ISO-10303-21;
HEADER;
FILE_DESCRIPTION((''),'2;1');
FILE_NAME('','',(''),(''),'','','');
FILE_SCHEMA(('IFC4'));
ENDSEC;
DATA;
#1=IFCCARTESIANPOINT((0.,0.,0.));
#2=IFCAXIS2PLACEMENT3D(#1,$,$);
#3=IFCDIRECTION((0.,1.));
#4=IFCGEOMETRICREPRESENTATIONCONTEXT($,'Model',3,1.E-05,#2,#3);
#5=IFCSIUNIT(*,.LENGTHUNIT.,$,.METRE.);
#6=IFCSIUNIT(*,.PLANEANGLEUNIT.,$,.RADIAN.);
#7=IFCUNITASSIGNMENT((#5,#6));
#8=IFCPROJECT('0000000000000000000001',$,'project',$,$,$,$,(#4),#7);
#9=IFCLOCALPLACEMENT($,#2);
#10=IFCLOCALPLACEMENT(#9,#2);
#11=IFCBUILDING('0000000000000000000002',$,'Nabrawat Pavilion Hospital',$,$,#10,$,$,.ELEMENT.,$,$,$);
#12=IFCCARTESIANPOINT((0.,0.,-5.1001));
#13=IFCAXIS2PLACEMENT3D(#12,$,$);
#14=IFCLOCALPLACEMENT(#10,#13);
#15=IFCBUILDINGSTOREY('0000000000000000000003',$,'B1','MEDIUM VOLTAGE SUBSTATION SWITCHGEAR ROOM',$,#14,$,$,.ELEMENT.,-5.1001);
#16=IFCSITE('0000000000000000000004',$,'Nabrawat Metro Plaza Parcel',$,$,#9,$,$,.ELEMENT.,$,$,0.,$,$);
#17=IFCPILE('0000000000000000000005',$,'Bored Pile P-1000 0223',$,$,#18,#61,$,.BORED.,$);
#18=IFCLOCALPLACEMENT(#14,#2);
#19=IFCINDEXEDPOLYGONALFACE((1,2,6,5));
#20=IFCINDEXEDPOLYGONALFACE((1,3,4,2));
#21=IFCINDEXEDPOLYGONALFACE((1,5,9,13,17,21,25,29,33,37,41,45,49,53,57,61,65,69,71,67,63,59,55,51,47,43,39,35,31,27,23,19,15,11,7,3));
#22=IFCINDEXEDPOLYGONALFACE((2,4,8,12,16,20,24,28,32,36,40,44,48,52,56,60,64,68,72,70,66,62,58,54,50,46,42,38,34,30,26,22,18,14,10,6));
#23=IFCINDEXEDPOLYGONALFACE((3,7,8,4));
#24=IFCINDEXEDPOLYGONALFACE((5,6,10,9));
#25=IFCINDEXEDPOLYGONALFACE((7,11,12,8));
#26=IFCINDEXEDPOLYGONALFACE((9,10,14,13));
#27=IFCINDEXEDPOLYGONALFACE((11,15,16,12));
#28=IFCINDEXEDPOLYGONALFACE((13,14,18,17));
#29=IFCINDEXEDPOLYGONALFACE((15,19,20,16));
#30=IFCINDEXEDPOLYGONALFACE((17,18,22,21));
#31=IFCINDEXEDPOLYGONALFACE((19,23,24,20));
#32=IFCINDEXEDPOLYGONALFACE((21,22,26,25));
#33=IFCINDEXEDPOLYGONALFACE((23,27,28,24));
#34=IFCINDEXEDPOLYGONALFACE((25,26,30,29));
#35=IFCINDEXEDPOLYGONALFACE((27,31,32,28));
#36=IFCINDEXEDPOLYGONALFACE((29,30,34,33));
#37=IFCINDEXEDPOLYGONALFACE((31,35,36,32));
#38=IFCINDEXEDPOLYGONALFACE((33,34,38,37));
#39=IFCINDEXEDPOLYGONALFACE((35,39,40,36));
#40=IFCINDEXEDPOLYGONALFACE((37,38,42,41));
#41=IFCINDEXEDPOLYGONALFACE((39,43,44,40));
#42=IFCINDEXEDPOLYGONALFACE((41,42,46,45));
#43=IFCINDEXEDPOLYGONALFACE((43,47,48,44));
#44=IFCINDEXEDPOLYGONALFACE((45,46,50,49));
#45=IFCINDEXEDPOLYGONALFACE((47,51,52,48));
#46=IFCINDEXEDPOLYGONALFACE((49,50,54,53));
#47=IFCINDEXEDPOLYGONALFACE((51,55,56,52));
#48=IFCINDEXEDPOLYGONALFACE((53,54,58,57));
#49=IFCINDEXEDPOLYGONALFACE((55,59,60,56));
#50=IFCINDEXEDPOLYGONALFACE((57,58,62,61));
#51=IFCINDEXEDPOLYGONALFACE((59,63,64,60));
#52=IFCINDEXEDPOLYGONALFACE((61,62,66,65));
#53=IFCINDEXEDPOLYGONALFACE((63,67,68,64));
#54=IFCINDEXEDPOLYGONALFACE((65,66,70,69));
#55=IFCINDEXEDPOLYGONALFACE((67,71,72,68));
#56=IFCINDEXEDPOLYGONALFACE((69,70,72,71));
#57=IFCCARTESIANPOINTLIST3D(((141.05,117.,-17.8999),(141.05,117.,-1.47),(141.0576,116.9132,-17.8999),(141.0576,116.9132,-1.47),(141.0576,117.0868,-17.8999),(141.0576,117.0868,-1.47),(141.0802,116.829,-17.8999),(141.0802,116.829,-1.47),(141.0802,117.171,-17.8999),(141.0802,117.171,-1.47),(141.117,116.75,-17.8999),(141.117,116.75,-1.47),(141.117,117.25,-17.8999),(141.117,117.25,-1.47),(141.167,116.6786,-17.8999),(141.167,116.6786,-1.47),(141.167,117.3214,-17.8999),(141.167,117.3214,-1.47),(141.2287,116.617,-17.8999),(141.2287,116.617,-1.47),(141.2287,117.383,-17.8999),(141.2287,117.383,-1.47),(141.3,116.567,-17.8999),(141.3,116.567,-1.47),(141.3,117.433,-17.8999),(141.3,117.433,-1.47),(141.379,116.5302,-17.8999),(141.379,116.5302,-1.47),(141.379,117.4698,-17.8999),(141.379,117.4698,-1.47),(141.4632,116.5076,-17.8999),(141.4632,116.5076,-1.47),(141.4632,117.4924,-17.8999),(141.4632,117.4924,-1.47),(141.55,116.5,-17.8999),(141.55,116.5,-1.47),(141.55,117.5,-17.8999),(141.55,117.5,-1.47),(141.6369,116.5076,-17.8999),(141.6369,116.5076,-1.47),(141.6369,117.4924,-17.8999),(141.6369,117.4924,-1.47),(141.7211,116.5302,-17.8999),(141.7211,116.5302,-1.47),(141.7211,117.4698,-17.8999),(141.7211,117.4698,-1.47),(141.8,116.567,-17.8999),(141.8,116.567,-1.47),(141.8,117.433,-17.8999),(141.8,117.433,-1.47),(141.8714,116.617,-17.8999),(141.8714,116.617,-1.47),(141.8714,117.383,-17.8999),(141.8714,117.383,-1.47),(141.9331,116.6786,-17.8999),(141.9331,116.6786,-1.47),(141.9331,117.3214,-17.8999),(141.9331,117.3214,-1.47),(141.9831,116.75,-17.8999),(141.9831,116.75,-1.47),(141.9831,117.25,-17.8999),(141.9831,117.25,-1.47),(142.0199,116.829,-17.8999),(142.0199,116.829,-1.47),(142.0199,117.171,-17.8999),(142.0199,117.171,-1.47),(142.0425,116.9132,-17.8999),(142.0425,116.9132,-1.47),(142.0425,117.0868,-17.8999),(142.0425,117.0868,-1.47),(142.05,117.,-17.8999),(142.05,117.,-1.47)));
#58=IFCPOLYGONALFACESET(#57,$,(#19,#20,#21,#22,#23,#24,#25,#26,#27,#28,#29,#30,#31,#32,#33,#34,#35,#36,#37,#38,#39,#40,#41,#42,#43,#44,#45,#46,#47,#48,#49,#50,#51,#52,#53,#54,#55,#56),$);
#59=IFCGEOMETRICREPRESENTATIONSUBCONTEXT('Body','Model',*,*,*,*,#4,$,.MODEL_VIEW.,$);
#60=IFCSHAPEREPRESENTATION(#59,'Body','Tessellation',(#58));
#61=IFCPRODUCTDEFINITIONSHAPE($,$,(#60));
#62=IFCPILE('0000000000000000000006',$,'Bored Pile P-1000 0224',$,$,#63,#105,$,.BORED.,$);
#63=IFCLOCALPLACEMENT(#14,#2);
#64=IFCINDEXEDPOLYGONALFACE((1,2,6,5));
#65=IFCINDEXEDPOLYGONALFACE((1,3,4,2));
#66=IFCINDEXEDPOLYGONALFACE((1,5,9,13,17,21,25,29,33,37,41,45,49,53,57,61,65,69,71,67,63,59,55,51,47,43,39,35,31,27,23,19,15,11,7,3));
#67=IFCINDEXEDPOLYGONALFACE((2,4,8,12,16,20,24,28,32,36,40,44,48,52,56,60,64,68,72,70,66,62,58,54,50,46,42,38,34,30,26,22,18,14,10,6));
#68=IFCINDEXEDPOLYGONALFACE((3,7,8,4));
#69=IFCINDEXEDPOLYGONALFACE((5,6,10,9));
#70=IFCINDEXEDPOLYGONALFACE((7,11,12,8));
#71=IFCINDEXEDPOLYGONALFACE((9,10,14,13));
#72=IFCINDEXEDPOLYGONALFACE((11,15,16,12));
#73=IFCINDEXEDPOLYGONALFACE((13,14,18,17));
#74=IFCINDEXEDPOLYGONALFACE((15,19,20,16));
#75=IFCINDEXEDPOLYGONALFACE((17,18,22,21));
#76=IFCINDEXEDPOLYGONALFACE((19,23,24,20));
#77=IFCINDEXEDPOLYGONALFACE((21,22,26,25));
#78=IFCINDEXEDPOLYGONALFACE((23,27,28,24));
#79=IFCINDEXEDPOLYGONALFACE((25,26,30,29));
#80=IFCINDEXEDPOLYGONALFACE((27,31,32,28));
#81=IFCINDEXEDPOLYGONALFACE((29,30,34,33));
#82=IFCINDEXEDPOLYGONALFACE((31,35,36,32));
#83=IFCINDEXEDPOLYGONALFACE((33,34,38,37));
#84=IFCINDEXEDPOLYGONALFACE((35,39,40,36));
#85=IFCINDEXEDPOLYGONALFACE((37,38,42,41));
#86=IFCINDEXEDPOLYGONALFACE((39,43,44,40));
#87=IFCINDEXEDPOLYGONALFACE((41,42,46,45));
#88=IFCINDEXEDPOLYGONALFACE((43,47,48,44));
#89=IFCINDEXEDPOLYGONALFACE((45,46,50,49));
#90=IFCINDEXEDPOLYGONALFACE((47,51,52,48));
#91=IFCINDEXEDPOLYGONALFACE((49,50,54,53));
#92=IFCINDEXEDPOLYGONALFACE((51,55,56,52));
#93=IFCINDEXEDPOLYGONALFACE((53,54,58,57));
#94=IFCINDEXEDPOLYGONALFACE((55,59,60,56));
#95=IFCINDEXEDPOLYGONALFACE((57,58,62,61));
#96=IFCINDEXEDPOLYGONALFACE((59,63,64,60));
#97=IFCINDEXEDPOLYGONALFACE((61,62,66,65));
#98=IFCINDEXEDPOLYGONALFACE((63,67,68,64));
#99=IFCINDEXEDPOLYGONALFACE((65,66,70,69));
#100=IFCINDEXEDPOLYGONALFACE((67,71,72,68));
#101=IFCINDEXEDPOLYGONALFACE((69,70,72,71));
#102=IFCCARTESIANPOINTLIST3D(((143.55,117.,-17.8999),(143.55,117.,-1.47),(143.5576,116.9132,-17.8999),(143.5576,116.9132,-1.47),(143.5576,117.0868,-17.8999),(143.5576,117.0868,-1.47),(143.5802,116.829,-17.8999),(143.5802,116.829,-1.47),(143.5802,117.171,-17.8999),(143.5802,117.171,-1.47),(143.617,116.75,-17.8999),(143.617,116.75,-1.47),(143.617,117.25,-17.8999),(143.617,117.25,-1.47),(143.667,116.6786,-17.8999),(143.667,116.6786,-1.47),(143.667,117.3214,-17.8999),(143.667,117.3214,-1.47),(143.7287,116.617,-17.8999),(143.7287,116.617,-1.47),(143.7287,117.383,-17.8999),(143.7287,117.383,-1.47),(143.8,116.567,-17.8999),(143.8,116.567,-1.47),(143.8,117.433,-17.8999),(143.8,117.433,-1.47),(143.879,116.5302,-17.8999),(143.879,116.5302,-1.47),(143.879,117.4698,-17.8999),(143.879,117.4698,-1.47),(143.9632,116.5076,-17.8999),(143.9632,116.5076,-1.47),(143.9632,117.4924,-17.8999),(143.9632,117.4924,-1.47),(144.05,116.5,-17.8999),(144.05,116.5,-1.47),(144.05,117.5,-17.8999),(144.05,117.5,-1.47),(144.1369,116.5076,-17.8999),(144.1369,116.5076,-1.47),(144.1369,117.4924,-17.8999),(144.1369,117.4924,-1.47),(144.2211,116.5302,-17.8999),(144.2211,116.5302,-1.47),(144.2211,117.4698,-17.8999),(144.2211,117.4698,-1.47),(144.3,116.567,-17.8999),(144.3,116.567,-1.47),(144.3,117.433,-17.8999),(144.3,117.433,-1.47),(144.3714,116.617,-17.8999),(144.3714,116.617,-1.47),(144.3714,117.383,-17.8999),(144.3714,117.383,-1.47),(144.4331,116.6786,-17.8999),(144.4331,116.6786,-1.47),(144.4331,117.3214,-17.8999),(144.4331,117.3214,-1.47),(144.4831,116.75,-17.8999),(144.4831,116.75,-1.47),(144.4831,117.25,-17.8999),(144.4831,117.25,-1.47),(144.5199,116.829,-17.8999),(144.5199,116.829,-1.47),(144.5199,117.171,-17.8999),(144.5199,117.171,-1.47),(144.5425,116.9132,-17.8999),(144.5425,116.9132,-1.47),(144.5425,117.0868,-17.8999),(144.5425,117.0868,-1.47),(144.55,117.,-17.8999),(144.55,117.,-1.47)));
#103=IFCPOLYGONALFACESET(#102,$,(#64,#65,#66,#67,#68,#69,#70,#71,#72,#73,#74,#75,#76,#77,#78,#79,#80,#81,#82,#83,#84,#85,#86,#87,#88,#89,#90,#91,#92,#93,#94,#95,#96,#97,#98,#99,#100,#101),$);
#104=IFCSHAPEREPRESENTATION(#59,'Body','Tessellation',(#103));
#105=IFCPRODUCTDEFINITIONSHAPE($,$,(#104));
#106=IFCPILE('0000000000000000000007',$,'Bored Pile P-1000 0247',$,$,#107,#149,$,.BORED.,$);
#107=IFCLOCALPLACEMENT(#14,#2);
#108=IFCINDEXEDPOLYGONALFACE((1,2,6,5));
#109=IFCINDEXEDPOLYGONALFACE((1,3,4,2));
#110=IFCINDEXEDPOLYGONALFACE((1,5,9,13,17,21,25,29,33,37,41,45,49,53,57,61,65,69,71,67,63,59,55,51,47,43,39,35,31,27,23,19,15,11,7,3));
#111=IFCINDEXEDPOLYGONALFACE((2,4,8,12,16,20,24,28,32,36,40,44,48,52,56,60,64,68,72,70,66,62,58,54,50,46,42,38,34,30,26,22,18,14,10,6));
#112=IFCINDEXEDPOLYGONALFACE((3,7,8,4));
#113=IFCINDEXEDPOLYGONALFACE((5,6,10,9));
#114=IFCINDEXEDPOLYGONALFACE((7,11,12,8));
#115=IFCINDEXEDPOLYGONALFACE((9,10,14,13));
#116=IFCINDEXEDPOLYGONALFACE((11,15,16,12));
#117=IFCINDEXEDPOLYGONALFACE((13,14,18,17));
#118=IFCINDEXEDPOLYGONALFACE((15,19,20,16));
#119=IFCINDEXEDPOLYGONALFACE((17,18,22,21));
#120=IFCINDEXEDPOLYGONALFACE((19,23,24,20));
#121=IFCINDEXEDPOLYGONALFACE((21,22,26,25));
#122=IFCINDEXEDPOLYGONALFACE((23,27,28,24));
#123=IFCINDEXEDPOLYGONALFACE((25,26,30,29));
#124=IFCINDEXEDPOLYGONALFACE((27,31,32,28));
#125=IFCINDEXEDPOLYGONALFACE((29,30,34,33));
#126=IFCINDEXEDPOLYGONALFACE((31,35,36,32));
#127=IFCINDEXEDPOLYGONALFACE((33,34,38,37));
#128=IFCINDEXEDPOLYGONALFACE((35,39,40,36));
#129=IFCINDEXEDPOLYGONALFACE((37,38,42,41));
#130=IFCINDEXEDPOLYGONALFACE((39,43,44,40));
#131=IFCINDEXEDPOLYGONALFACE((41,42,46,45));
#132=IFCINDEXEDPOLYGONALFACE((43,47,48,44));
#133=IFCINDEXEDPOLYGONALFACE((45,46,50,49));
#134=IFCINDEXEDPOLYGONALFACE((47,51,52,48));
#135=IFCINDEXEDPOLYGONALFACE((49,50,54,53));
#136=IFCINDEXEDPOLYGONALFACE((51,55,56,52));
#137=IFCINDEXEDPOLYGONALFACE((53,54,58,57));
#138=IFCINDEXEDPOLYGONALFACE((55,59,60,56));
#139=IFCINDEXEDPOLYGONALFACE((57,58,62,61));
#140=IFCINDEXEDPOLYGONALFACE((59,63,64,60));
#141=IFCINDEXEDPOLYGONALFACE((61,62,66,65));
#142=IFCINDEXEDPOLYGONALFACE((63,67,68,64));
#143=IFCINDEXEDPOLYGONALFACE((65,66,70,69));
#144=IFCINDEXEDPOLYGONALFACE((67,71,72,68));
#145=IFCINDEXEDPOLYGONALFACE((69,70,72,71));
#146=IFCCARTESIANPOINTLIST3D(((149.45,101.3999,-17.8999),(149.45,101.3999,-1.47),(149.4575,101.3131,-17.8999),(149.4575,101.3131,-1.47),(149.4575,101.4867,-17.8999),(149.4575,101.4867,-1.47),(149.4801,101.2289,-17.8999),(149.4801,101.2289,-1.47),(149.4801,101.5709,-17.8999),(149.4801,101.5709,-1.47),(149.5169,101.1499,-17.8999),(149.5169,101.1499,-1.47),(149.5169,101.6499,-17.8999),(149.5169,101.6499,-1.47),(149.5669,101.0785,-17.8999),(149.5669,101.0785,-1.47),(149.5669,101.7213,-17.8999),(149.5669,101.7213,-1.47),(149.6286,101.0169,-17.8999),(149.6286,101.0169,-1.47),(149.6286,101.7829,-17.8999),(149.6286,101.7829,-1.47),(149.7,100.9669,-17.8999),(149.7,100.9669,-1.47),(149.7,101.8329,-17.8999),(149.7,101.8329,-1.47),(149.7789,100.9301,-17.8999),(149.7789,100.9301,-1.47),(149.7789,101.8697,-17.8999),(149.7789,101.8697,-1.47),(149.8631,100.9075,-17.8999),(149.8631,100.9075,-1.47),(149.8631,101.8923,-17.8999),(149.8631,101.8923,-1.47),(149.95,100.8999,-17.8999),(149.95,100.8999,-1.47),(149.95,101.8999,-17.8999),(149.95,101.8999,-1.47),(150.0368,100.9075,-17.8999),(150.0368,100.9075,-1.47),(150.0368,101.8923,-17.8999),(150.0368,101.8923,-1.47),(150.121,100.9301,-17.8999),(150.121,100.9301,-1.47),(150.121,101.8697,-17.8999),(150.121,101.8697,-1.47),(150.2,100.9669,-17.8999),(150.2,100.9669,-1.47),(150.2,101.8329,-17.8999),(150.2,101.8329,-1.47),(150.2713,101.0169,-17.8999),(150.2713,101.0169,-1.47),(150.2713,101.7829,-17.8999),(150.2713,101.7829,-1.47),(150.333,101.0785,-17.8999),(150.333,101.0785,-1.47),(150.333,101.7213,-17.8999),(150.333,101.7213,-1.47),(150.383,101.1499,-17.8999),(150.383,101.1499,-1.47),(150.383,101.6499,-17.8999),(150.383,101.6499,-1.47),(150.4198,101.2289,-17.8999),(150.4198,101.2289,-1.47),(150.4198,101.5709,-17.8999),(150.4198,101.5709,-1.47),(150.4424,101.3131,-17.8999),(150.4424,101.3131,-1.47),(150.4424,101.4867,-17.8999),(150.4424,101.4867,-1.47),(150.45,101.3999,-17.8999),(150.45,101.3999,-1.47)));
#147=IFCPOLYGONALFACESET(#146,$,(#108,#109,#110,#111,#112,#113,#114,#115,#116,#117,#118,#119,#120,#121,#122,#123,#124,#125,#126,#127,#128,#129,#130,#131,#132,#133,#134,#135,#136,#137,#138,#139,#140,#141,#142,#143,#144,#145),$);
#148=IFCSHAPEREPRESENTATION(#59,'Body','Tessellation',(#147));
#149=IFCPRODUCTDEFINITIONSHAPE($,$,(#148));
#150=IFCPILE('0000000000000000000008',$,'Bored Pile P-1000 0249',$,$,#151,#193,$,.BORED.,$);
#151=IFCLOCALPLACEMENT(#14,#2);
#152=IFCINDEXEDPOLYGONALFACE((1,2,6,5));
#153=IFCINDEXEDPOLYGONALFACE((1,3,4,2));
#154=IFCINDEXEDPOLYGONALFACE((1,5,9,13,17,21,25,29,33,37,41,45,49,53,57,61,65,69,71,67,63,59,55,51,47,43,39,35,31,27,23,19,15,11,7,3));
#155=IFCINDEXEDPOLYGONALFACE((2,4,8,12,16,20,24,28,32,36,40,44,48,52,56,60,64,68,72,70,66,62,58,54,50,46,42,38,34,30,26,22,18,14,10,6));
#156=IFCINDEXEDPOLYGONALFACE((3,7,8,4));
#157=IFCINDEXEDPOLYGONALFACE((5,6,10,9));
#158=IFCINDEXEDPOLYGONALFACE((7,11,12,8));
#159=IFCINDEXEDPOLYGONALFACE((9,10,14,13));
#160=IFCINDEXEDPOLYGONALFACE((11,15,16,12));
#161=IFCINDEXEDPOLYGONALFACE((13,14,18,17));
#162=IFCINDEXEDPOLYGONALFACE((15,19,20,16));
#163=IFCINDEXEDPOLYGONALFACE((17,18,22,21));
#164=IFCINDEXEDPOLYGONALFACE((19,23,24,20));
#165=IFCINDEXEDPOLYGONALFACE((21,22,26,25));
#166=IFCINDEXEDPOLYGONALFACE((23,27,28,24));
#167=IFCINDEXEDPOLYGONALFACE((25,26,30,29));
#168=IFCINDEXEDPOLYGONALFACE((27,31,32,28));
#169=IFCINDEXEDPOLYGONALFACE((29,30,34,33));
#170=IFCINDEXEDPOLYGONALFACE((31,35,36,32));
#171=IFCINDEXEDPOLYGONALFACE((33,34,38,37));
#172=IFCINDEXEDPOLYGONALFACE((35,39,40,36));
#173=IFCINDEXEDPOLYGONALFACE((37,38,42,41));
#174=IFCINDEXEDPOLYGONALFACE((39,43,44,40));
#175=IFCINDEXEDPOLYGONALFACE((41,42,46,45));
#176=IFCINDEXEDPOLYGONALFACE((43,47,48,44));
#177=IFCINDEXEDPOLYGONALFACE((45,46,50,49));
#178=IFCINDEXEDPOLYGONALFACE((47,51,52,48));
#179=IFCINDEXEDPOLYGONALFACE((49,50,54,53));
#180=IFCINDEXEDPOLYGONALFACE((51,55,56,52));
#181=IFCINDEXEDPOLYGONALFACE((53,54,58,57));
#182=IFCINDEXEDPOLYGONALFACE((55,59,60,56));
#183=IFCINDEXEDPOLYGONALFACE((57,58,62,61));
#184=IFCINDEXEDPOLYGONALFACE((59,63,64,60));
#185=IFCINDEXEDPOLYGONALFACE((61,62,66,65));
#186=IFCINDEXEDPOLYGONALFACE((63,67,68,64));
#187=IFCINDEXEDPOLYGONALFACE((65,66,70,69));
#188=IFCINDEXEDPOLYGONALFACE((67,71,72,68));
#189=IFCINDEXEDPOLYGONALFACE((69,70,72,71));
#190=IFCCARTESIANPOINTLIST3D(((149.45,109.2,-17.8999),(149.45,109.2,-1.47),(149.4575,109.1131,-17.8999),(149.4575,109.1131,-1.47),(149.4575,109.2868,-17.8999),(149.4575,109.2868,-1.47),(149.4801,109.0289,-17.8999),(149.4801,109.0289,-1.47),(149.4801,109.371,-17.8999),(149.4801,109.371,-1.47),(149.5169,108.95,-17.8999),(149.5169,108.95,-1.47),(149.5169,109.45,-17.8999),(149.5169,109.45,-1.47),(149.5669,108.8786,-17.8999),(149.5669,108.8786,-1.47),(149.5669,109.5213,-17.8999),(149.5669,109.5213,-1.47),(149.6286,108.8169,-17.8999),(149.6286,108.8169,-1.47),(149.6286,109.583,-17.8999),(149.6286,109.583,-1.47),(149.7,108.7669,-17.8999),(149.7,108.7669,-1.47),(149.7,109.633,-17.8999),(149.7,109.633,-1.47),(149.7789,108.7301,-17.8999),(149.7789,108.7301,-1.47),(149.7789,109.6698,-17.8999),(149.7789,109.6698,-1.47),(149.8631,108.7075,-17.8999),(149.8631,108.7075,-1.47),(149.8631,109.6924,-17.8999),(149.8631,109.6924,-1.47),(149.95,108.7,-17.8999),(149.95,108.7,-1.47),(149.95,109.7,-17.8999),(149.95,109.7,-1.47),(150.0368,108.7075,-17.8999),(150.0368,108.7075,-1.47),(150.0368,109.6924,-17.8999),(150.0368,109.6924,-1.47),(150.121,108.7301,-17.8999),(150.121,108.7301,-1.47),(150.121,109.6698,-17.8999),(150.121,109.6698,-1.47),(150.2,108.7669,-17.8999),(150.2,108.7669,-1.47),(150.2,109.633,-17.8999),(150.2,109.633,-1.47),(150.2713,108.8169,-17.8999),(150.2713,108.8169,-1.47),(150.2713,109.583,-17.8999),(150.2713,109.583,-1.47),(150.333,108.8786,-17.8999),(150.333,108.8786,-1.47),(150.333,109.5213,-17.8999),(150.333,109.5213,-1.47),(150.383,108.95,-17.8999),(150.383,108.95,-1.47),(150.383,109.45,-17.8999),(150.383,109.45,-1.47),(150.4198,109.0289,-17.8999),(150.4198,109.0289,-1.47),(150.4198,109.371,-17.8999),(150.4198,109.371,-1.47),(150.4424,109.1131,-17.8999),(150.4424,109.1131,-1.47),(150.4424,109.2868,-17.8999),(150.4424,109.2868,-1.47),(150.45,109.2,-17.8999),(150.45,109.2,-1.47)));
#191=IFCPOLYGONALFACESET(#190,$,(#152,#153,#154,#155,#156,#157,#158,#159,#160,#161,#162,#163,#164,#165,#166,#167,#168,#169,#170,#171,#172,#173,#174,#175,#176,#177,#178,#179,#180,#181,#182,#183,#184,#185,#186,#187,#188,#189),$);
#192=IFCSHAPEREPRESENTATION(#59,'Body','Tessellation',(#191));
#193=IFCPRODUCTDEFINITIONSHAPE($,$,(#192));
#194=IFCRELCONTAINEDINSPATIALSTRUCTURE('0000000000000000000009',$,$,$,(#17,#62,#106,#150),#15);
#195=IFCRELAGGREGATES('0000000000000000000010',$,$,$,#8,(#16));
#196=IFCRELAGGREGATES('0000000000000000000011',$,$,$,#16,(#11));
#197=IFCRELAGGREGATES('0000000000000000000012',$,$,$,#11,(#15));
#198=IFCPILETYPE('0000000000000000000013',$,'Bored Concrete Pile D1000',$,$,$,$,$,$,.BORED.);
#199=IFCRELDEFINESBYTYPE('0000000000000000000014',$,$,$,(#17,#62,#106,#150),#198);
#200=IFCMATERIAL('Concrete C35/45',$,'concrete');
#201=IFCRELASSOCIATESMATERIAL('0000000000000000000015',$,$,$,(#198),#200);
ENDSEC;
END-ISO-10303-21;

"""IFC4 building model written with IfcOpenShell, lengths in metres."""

from ifc_helpers import new_model, si_unit, direction, frame, origin, origin_2d, place, context, subcontext, project, spatial, circle, extrude, material, material_profile, profile_set, type_object, element, save


model = new_model("IFC4")

# Units and contexts
model_context = context("Model", 3, precision=1e-05, world=origin(), true_north=direction((0.0, 1.0)))
body_context = subcontext(model_context, "Body", "Model", "MODEL_VIEW")
ifc_project = project(units=[si_unit("LENGTHUNIT", "METRE"), si_unit("PLANEANGLEUNIT", "RADIAN")], contexts=[model_context])

# Site, building, storey
site_placement = place(None, origin())
site = spatial("IfcSite", under=ifc_project, at=site_placement, Name="Nabrawat Metro Plaza Parcel", CompositionType="ELEMENT", RefElevation=0.0)
building_placement = place(site_placement, origin())
building = spatial("IfcBuilding", under=site, at=building_placement, Name="Nabrawat Pavilion Hospital", CompositionType="ELEMENT")
storey_placement = place(building_placement, frame((0.0, 0.0, -5.1001)))
storey = spatial("IfcBuildingStorey", under=building, at=storey_placement, Name="B1", Description="MEDIUM VOLTAGE SUBSTATION SWITCHGEAR ROOM", CompositionType="ELEMENT", Elevation=-5.1001)

# Piles
ifc_material_1 = material(Name="Concrete C35/45", Category="concrete")
ifc_material_profile_1 = material_profile(ifc_material_1, circle(Radius=0.5, at=origin_2d()), Name="DIA 1000")
ifc_profile_set_1 = profile_set([ifc_material_profile_1], Name="Concrete C35/45")
pile_type_1 = type_object("IfcPileType", Name="Bored Concrete Pile D1000", PredefinedType="BORED", material=ifc_profile_set_1)
for number, where, z_axis, x_axis, name in (
    (1, (141.55, 117.0, -1.47), (0.0, 0.0, -1.0), (1.0, 0.0, 0.0), "Bored Pile P-1000 0223"),
    (2, (144.05, 117.0, -1.47), (0.0, 0.0, -1.0), (1.0, 0.0, 0.0), "Bored Pile P-1000 0224"),
    (3, (149.95, 101.3999, -1.47), (0.0, 0.0, -1.0), (1.0, 0.0, 0.0), "Bored Pile P-1000 0247"),
    (4, (149.95, 109.2, -1.47), (0.0, 0.0, -1.0), (1.0, 0.0, 0.0), "Bored Pile P-1000 0249"),
):
    element("IfcPile", number, at=place(storey_placement, frame(where, z_axis=z_axis, x_axis=x_axis)), inside=storey, type_object=pile_type_1, Name=name, PredefinedType="BORED", context=body_context, shape_type="SweptSolid", body=[
        extrude(circle(Radius=0.5, at=origin_2d()), origin(), (0.0, 0.0, 1.0), 16.4299),
    ])

save(model, "model.ifc")
